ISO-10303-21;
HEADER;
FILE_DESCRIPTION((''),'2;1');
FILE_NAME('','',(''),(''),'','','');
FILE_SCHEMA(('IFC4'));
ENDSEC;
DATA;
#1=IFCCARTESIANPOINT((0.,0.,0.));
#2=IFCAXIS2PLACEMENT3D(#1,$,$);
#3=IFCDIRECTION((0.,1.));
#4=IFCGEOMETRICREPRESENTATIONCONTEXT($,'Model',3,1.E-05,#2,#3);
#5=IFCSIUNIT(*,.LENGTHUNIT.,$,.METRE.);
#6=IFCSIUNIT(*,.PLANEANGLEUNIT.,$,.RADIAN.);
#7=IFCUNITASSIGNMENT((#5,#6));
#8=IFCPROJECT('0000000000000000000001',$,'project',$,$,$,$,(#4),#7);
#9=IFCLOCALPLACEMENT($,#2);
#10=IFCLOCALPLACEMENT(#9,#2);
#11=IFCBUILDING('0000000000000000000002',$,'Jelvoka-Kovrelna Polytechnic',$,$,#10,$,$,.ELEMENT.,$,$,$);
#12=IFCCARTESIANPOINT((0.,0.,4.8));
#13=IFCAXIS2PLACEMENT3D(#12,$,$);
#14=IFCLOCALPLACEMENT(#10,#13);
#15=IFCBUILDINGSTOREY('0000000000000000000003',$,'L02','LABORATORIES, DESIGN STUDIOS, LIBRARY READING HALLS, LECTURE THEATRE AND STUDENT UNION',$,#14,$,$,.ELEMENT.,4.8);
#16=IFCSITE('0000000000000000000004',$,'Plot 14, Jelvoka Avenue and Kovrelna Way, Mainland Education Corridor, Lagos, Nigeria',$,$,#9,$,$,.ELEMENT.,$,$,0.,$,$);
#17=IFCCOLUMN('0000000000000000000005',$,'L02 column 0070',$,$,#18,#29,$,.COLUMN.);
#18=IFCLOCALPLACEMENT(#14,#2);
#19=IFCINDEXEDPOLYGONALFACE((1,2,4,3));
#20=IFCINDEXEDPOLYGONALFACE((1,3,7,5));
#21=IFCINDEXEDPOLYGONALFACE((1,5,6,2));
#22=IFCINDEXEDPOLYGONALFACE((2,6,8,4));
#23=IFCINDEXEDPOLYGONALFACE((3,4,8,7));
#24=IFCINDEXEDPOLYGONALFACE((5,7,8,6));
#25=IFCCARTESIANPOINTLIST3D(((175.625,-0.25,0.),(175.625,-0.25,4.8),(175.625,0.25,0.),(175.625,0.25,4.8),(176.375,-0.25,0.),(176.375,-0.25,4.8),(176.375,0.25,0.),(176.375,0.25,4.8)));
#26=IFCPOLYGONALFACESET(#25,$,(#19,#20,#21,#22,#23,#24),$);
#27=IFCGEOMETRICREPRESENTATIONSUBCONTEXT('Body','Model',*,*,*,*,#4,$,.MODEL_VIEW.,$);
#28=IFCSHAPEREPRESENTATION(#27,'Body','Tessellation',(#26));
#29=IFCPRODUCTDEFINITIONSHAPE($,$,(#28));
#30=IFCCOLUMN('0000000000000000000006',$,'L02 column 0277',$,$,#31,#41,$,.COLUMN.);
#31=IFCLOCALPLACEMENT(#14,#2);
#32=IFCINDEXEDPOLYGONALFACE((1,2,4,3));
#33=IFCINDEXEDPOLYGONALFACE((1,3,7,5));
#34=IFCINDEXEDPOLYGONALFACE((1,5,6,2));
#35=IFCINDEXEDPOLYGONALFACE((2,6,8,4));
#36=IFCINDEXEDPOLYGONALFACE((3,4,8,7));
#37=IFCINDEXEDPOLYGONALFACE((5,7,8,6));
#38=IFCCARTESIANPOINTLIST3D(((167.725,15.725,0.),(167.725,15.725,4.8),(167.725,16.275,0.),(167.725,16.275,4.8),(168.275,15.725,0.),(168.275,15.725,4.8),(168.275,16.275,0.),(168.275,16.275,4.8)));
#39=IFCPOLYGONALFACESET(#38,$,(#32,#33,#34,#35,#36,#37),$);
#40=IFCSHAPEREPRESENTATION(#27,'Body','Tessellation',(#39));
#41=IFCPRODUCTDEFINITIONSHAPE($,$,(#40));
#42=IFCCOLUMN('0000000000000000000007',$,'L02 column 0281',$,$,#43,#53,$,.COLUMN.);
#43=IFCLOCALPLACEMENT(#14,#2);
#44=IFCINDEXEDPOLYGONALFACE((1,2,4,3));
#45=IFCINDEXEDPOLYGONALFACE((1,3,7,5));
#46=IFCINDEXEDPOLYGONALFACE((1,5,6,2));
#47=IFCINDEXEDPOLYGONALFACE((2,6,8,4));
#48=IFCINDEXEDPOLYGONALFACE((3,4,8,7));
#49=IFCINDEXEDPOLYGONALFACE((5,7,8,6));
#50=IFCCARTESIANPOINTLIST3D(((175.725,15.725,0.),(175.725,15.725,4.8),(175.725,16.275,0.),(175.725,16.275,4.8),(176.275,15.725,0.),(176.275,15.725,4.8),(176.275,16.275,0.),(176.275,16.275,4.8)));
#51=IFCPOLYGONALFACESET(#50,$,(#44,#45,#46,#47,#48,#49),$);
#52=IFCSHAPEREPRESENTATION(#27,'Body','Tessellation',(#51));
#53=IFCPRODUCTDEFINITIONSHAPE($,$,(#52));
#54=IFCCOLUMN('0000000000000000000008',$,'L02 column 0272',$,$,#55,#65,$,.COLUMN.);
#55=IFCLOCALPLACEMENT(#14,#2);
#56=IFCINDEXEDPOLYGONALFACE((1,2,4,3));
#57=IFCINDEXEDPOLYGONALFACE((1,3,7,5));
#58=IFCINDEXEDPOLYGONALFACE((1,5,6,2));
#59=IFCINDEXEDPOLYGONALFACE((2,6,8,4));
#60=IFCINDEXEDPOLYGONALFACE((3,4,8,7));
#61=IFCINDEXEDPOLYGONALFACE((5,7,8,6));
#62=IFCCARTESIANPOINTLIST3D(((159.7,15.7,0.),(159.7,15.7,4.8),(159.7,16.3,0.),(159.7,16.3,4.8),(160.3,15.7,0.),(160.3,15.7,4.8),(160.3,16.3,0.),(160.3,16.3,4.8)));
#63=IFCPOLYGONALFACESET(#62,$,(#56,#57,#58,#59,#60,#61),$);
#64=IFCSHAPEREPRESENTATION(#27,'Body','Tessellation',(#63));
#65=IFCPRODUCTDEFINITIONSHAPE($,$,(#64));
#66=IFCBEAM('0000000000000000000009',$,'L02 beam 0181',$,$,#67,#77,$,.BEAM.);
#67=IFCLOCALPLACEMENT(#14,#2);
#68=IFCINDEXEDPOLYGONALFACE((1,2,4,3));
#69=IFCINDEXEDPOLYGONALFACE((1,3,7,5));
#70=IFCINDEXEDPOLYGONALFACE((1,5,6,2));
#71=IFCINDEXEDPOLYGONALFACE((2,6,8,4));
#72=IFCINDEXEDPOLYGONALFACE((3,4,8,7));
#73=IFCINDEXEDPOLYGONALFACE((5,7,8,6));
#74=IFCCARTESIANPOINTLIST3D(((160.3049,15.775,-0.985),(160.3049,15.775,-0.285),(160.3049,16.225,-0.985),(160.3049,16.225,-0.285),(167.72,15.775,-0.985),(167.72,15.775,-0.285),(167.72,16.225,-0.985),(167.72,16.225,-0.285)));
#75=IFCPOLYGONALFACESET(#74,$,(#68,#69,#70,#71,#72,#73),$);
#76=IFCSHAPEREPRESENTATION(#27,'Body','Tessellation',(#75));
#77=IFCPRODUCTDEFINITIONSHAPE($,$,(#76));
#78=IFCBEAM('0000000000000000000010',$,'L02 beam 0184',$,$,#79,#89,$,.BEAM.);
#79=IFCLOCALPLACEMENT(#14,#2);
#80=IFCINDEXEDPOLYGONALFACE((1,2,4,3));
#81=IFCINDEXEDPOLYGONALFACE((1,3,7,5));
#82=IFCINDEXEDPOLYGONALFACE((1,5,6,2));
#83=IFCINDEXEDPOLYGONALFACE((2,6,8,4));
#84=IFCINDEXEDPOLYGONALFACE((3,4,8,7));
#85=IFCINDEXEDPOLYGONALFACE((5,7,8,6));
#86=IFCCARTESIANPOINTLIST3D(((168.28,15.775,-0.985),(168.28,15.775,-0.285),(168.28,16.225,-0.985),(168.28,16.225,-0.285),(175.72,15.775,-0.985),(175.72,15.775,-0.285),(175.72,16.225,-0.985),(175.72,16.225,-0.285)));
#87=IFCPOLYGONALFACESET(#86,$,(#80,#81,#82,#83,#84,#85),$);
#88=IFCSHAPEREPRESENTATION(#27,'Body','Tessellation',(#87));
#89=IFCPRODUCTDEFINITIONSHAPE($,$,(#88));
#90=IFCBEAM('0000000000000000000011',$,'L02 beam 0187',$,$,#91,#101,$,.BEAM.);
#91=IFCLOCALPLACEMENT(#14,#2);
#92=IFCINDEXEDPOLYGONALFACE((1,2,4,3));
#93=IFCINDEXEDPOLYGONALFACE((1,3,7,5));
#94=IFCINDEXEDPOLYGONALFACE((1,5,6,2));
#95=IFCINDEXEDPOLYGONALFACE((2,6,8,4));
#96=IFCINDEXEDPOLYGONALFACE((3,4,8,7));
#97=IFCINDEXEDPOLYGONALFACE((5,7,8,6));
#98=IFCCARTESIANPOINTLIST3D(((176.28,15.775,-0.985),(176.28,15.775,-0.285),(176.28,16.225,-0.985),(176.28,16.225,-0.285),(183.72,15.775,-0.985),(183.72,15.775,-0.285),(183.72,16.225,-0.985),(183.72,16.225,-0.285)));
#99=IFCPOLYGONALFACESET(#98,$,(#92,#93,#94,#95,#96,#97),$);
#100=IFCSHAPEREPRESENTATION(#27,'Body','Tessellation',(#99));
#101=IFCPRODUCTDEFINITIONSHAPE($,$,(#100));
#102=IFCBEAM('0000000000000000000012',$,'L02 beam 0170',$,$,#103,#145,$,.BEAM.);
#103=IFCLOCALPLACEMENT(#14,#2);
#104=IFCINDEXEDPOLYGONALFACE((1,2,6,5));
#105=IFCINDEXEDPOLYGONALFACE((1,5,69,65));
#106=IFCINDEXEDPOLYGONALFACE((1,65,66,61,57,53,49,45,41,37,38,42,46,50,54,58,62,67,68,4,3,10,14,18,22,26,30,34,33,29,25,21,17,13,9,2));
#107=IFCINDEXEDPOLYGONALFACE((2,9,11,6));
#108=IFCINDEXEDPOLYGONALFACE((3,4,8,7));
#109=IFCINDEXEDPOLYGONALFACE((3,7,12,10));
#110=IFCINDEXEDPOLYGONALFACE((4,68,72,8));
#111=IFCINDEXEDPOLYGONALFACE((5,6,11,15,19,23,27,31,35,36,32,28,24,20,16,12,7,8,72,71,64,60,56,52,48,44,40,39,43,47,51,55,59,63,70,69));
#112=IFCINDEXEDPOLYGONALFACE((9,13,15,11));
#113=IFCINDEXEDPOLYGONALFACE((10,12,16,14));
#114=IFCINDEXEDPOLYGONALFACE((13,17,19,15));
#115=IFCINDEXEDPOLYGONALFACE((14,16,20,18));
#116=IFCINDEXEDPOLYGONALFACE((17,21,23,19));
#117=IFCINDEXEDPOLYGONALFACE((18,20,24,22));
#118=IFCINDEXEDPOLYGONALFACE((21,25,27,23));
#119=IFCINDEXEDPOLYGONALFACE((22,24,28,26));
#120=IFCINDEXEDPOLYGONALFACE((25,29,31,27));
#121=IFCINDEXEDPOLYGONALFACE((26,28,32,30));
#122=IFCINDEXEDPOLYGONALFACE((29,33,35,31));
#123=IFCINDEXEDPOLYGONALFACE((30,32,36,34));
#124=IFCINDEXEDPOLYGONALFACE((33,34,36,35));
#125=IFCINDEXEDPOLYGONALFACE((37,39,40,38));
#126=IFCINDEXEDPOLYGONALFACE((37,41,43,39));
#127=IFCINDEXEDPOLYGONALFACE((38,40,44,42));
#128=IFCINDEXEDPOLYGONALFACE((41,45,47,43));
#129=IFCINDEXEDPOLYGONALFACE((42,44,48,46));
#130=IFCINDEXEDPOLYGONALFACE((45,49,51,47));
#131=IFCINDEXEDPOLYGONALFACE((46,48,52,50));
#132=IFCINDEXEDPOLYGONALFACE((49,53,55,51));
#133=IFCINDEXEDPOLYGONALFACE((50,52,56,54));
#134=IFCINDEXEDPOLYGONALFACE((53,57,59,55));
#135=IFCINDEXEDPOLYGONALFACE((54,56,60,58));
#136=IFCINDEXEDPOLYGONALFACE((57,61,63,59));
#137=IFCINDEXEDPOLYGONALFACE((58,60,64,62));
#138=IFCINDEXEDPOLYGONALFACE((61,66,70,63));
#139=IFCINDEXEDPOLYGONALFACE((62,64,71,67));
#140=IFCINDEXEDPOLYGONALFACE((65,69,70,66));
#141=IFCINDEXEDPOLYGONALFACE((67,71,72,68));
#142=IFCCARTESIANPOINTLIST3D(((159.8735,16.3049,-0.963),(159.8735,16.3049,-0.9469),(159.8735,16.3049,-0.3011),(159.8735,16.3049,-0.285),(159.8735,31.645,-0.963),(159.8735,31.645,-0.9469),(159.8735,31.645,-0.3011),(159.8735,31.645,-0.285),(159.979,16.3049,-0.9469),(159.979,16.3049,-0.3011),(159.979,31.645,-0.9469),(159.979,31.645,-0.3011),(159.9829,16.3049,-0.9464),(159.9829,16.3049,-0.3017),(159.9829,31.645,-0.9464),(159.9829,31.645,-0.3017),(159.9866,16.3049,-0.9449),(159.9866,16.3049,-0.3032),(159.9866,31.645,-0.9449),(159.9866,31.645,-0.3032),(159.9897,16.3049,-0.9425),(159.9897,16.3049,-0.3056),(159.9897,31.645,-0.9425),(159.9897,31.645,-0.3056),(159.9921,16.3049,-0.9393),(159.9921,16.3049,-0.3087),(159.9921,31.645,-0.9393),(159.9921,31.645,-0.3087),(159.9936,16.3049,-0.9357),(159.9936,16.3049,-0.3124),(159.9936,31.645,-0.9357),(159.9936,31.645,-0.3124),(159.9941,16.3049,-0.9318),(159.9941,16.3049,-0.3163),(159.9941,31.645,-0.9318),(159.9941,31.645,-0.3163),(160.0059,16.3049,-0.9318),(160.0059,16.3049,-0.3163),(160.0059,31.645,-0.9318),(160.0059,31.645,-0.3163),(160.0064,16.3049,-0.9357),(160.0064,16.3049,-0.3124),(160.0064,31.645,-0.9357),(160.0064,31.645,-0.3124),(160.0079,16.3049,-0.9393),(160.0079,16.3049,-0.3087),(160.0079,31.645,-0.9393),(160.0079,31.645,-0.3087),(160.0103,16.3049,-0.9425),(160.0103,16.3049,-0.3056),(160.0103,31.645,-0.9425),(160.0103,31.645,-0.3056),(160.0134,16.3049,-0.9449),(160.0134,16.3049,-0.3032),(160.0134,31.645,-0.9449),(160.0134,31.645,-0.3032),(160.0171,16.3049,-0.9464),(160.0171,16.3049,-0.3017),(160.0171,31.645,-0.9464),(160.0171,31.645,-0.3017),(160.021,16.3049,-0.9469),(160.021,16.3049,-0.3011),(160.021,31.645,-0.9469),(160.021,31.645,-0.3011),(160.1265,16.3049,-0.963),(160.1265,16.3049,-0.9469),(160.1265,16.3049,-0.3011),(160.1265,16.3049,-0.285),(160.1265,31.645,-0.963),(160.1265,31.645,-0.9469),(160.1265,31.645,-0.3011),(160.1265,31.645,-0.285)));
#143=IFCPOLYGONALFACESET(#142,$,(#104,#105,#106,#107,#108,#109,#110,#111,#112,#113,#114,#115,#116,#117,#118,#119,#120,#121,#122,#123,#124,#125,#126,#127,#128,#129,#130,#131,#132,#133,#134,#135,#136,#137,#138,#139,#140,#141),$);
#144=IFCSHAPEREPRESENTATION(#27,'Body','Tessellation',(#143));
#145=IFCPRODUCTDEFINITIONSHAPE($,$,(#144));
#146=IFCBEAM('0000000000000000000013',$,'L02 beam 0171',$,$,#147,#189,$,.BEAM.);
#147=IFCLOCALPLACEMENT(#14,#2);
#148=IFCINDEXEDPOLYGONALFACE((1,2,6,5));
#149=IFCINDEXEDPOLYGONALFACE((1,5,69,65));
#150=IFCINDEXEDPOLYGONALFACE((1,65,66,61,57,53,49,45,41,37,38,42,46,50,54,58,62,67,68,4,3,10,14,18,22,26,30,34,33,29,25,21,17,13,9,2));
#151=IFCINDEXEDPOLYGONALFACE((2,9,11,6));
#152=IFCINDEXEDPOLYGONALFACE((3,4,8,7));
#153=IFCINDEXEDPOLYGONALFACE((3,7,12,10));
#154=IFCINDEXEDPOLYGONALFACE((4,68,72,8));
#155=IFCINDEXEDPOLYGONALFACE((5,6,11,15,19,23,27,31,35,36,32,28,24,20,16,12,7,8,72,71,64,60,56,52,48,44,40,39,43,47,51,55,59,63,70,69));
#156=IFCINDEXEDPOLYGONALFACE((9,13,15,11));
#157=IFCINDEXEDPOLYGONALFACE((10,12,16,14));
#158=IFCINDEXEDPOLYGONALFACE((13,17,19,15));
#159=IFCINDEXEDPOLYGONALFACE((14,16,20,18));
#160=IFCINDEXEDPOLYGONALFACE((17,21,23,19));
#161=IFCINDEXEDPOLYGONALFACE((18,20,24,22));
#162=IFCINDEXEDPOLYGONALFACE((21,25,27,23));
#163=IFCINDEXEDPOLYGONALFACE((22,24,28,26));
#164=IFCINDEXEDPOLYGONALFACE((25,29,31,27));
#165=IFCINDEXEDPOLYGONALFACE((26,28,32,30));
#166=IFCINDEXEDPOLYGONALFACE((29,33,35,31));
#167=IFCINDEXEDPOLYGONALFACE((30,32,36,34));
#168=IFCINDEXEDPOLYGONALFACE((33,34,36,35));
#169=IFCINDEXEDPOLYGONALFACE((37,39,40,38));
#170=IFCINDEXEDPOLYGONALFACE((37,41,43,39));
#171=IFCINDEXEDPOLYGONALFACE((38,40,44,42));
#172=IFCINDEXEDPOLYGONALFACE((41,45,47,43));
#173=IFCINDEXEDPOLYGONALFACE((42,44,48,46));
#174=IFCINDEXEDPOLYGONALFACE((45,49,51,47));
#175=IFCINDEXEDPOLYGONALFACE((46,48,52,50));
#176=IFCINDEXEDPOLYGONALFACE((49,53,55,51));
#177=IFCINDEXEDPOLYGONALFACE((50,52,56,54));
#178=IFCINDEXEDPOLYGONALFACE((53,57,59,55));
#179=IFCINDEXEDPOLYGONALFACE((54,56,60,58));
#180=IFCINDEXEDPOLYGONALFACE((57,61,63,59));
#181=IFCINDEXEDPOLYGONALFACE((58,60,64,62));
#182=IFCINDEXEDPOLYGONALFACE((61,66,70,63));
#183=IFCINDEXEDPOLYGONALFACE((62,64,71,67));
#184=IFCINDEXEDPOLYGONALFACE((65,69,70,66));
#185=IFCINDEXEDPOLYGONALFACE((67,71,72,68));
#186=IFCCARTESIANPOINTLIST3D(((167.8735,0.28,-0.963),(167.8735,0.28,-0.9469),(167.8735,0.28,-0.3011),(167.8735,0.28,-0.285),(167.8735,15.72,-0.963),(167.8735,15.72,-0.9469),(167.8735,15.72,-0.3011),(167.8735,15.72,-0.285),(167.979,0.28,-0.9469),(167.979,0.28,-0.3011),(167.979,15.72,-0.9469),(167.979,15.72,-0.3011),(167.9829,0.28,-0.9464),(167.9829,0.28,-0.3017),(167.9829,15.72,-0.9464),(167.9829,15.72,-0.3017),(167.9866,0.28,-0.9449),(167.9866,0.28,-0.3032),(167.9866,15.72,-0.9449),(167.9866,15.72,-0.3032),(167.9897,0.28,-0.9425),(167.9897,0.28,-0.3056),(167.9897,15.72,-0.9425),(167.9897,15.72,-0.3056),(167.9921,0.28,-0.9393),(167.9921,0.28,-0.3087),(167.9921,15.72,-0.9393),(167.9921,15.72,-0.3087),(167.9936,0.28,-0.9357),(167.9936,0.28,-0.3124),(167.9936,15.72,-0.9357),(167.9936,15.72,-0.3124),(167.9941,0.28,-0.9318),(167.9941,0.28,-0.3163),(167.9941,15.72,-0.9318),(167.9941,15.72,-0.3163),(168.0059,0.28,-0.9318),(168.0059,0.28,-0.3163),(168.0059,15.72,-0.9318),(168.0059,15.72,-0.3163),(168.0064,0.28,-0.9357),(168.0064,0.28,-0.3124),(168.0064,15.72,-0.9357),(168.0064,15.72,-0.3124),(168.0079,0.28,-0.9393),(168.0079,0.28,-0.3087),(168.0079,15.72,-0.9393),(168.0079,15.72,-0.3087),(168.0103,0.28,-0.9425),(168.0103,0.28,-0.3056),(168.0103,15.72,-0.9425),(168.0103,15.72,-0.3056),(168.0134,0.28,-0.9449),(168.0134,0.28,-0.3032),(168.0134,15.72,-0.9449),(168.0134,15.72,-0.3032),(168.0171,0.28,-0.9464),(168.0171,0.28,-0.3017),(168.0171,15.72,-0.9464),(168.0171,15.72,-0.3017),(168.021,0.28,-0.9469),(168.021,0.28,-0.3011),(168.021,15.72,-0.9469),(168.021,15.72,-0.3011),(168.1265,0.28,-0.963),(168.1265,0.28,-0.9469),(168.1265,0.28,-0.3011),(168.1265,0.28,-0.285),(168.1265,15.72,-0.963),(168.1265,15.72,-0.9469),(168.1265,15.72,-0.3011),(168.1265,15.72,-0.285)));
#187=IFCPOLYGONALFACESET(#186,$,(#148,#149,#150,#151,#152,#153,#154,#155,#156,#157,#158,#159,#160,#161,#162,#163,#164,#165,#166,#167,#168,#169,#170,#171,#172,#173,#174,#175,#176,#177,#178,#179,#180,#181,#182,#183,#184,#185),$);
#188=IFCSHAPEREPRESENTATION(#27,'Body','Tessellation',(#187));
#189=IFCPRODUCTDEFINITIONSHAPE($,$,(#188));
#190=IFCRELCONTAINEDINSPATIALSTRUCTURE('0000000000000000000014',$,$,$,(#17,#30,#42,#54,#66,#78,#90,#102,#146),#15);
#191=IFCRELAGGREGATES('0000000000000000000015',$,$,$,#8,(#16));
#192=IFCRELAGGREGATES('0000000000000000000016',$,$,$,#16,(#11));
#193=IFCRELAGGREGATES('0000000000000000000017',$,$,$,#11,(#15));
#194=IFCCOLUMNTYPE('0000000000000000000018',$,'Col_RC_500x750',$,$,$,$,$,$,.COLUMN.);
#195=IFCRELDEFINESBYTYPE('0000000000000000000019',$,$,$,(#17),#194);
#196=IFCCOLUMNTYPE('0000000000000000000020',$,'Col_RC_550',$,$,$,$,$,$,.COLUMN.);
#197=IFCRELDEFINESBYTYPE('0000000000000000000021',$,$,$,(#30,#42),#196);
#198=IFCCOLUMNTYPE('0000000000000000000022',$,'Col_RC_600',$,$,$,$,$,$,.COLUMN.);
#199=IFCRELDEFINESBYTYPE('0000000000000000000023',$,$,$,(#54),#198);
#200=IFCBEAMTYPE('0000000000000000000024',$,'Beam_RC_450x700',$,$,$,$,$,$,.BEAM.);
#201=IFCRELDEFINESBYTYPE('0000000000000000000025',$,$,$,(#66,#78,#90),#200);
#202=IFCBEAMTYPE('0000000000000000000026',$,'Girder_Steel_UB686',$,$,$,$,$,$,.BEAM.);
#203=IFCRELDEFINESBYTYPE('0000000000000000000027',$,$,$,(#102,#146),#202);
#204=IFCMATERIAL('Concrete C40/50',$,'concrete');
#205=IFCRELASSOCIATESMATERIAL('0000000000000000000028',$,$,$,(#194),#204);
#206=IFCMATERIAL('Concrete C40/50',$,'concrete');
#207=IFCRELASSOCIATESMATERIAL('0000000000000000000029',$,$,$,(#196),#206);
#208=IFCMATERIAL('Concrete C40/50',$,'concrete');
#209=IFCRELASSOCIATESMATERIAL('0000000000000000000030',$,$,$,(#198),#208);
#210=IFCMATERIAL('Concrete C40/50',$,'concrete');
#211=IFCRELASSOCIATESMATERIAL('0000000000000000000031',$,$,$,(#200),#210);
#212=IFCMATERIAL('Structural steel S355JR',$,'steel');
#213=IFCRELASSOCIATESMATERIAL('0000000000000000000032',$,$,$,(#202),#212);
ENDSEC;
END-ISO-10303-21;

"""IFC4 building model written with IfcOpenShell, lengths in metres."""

from ifc_helpers import new_model, si_unit, direction, frame, origin, origin_2d, place, context, subcontext, project, spatial, rectangle, i_section, extrude, material, material_profile, profile_set, type_object, element, save


model = new_model("IFC4")

# Units and contexts
model_context = context("Model", 3, precision=1e-05, world=origin(), true_north=direction((0.0, 1.0)))
body_context = subcontext(model_context, "Body", "Model", "MODEL_VIEW")
ifc_project = project(units=[si_unit("LENGTHUNIT", "METRE"), si_unit("PLANEANGLEUNIT", "RADIAN")], contexts=[model_context])

# Site, building, storey
site_placement = place(None, origin())
site = spatial("IfcSite", under=ifc_project, at=site_placement, Name="Plot 14, Jelvoka Avenue and Kovrelna Way, Mainland Education Corridor, Lagos, Nigeria", CompositionType="ELEMENT", RefElevation=0.0)
building_placement = place(site_placement, origin())
building = spatial("IfcBuilding", under=site, at=building_placement, Name="Jelvoka-Kovrelna Polytechnic", CompositionType="ELEMENT")
storey_placement = place(building_placement, frame((0.0, 0.0, 4.8)))
storey = spatial("IfcBuildingStorey", under=building, at=storey_placement, Name="L02", Description="LABORATORIES, DESIGN STUDIOS, LIBRARY READING HALLS, LECTURE THEATRE AND STUDENT UNION", CompositionType="ELEMENT", Elevation=4.8)

# Columns
ifc_material_1 = material(Name="Concrete C40/50", Category="concrete")
ifc_material_profile_1 = material_profile(ifc_material_1, rectangle(XDim=0.5, YDim=0.75, at=origin_2d()), Name="RC 500x750")
ifc_profile_set_1 = profile_set([ifc_material_profile_1], Name="Concrete C40/50")
column_type_1 = type_object("IfcColumnType", Name="Col_RC_500x750", PredefinedType="COLUMN", material=ifc_profile_set_1)
column_1_placement = place(storey_placement, frame((176.0, 0.0, 0.0), z_axis=(0.0, 0.0, 1.0), x_axis=(0.0, 1.0, 0.0)))
element("IfcColumn", 1, at=column_1_placement, inside=storey, type_object=column_type_1, Name="L02 column 0070", PredefinedType="COLUMN", context=body_context, shape_type="SweptSolid", body=[
    extrude(rectangle(XDim=0.5, YDim=0.75, at=origin_2d()), origin(), (0.0, 0.0, 1.0), 4.8),
])
ifc_material_2 = material(Name="Concrete C40/50", Category="concrete")
ifc_material_profile_2 = material_profile(ifc_material_2, rectangle(XDim=0.55, YDim=0.55, at=origin_2d()), Name="RC 550x550")
ifc_profile_set_2 = profile_set([ifc_material_profile_2], Name="Concrete C40/50")
column_type_2 = type_object("IfcColumnType", Name="Col_RC_550", PredefinedType="COLUMN", material=ifc_profile_set_2)
for number, where, z_axis, x_axis, name in (
    (2, (168.0, 16.0, 0.0), (0.0, 0.0, 1.0), (1.0, 0.0, 0.0), "L02 column 0277"),
    (3, (176.0, 16.0, 0.0), (0.0, 0.0, 1.0), (1.0, 0.0, 0.0), "L02 column 0281"),
):
    element("IfcColumn", number, at=place(storey_placement, frame(where, z_axis=z_axis, x_axis=x_axis)), inside=storey, type_object=column_type_2, Name=name, PredefinedType="COLUMN", context=body_context, shape_type="SweptSolid", body=[
        extrude(rectangle(XDim=0.55, YDim=0.55, at=origin_2d()), origin(), (0.0, 0.0, 1.0), 4.8),
    ])
ifc_material_3 = material(Name="Concrete C40/50", Category="concrete")
ifc_material_profile_3 = material_profile(ifc_material_3, rectangle(XDim=0.6001, YDim=0.6001, at=origin_2d()), Name="RC 600x600")
ifc_profile_set_3 = profile_set([ifc_material_profile_3], Name="Concrete C40/50")
column_type_3 = type_object("IfcColumnType", Name="Col_RC_600", PredefinedType="COLUMN", material=ifc_profile_set_3)
column_2_placement = place(storey_placement, frame((160.0, 16.0, 0.0), z_axis=(0.0, 0.0, 1.0), x_axis=(1.0, 0.0, 0.0)))
element("IfcColumn", 4, at=column_2_placement, inside=storey, type_object=column_type_3, Name="L02 column 0272", PredefinedType="COLUMN", context=body_context, shape_type="SweptSolid", body=[
    extrude(rectangle(XDim=0.6001, YDim=0.6001, at=origin_2d()), origin(), (0.0, 0.0, 1.0), 4.8),
])

# Beams
ifc_material_4 = material(Name="Concrete C40/50", Category="concrete")
ifc_material_profile_4 = material_profile(ifc_material_4, rectangle(XDim=0.45, YDim=0.7, at=origin_2d()), Name="RC 450x700")
ifc_profile_set_4 = profile_set([ifc_material_profile_4], Name="Concrete C40/50")
beam_type_1 = type_object("IfcBeamType", Name="Beam_RC_450x700", PredefinedType="BEAM", material=ifc_profile_set_4)
beam_1_placement = place(storey_placement, frame((160.3049, 16.0, -0.635), z_axis=(1.0, 0.0, 0.0), x_axis=(0.0, 1.0, 0.0)))
element("IfcBeam", 5, at=beam_1_placement, inside=storey, type_object=beam_type_1, Name="L02 beam 0181", PredefinedType="BEAM", context=body_context, shape_type="SweptSolid", body=[
    extrude(rectangle(XDim=0.45, YDim=0.7, at=origin_2d()), origin(), (0.0, 0.0, 1.0), 7.415),
])
for number, where, z_axis, x_axis, name in (
    (6, (168.28, 16.0, -0.635), (1.0, 0.0, 0.0), (0.0, 1.0, 0.0), "L02 beam 0184"),
    (7, (176.28, 16.0, -0.635), (1.0, 0.0, 0.0), (0.0, 1.0, 0.0), "L02 beam 0187"),
):
    element("IfcBeam", number, at=place(storey_placement, frame(where, z_axis=z_axis, x_axis=x_axis)), inside=storey, type_object=beam_type_1, Name=name, PredefinedType="BEAM", context=body_context, shape_type="SweptSolid", body=[
        extrude(rectangle(XDim=0.45, YDim=0.7, at=origin_2d()), origin(), (0.0, 0.0, 1.0), 7.4399),
    ])
ifc_material_5 = material(Name="Structural steel S355JR", Category="steel")
ifc_material_profile_5 = material_profile(ifc_material_5, i_section(OverallWidth=0.2529, OverallDepth=0.678, WebThickness=0.0117, FlangeThickness=0.0161, FilletRadius=0.0151, at=origin_2d()), Name="686x254x125 UB")
ifc_profile_set_5 = profile_set([ifc_material_profile_5], Name="Structural steel S355JR")
beam_type_2 = type_object("IfcBeamType", Name="Girder_Steel_UB686", PredefinedType="BEAM", material=ifc_profile_set_5)
beam_2_placement = place(storey_placement, frame((160.0, 16.3049, -0.624), z_axis=(0.0, 1.0, 0.0), x_axis=(-1.0, 0.0, 0.0)))
element("IfcBeam", 8, at=beam_2_placement, inside=storey, type_object=beam_type_2, Name="L02 beam 0170", PredefinedType="BEAM", context=body_context, shape_type="SweptSolid", body=[
    extrude(i_section(OverallWidth=0.2529, OverallDepth=0.678, WebThickness=0.0117, FlangeThickness=0.0161, FilletRadius=0.0151, at=origin_2d()), origin(), (0.0, 0.0, 1.0), 15.3401),
])
for number, where, z_axis, x_axis, name in (
    (9, (168.0, 0.28, -0.624), (0.0, 1.0, 0.0), (-1.0, 0.0, 0.0), "L02 beam 0171"),
):
    element("IfcBeam", number, at=place(storey_placement, frame(where, z_axis=z_axis, x_axis=x_axis)), inside=storey, type_object=beam_type_2, Name=name, PredefinedType="BEAM", context=body_context, shape_type="SweptSolid", body=[
        extrude(i_section(OverallWidth=0.2529, OverallDepth=0.678, WebThickness=0.0117, FlangeThickness=0.0161, FilletRadius=0.0151, at=origin_2d()), origin(), (0.0, 0.0, 1.0), 15.4399),
    ])

save(model, "model.ifc")
